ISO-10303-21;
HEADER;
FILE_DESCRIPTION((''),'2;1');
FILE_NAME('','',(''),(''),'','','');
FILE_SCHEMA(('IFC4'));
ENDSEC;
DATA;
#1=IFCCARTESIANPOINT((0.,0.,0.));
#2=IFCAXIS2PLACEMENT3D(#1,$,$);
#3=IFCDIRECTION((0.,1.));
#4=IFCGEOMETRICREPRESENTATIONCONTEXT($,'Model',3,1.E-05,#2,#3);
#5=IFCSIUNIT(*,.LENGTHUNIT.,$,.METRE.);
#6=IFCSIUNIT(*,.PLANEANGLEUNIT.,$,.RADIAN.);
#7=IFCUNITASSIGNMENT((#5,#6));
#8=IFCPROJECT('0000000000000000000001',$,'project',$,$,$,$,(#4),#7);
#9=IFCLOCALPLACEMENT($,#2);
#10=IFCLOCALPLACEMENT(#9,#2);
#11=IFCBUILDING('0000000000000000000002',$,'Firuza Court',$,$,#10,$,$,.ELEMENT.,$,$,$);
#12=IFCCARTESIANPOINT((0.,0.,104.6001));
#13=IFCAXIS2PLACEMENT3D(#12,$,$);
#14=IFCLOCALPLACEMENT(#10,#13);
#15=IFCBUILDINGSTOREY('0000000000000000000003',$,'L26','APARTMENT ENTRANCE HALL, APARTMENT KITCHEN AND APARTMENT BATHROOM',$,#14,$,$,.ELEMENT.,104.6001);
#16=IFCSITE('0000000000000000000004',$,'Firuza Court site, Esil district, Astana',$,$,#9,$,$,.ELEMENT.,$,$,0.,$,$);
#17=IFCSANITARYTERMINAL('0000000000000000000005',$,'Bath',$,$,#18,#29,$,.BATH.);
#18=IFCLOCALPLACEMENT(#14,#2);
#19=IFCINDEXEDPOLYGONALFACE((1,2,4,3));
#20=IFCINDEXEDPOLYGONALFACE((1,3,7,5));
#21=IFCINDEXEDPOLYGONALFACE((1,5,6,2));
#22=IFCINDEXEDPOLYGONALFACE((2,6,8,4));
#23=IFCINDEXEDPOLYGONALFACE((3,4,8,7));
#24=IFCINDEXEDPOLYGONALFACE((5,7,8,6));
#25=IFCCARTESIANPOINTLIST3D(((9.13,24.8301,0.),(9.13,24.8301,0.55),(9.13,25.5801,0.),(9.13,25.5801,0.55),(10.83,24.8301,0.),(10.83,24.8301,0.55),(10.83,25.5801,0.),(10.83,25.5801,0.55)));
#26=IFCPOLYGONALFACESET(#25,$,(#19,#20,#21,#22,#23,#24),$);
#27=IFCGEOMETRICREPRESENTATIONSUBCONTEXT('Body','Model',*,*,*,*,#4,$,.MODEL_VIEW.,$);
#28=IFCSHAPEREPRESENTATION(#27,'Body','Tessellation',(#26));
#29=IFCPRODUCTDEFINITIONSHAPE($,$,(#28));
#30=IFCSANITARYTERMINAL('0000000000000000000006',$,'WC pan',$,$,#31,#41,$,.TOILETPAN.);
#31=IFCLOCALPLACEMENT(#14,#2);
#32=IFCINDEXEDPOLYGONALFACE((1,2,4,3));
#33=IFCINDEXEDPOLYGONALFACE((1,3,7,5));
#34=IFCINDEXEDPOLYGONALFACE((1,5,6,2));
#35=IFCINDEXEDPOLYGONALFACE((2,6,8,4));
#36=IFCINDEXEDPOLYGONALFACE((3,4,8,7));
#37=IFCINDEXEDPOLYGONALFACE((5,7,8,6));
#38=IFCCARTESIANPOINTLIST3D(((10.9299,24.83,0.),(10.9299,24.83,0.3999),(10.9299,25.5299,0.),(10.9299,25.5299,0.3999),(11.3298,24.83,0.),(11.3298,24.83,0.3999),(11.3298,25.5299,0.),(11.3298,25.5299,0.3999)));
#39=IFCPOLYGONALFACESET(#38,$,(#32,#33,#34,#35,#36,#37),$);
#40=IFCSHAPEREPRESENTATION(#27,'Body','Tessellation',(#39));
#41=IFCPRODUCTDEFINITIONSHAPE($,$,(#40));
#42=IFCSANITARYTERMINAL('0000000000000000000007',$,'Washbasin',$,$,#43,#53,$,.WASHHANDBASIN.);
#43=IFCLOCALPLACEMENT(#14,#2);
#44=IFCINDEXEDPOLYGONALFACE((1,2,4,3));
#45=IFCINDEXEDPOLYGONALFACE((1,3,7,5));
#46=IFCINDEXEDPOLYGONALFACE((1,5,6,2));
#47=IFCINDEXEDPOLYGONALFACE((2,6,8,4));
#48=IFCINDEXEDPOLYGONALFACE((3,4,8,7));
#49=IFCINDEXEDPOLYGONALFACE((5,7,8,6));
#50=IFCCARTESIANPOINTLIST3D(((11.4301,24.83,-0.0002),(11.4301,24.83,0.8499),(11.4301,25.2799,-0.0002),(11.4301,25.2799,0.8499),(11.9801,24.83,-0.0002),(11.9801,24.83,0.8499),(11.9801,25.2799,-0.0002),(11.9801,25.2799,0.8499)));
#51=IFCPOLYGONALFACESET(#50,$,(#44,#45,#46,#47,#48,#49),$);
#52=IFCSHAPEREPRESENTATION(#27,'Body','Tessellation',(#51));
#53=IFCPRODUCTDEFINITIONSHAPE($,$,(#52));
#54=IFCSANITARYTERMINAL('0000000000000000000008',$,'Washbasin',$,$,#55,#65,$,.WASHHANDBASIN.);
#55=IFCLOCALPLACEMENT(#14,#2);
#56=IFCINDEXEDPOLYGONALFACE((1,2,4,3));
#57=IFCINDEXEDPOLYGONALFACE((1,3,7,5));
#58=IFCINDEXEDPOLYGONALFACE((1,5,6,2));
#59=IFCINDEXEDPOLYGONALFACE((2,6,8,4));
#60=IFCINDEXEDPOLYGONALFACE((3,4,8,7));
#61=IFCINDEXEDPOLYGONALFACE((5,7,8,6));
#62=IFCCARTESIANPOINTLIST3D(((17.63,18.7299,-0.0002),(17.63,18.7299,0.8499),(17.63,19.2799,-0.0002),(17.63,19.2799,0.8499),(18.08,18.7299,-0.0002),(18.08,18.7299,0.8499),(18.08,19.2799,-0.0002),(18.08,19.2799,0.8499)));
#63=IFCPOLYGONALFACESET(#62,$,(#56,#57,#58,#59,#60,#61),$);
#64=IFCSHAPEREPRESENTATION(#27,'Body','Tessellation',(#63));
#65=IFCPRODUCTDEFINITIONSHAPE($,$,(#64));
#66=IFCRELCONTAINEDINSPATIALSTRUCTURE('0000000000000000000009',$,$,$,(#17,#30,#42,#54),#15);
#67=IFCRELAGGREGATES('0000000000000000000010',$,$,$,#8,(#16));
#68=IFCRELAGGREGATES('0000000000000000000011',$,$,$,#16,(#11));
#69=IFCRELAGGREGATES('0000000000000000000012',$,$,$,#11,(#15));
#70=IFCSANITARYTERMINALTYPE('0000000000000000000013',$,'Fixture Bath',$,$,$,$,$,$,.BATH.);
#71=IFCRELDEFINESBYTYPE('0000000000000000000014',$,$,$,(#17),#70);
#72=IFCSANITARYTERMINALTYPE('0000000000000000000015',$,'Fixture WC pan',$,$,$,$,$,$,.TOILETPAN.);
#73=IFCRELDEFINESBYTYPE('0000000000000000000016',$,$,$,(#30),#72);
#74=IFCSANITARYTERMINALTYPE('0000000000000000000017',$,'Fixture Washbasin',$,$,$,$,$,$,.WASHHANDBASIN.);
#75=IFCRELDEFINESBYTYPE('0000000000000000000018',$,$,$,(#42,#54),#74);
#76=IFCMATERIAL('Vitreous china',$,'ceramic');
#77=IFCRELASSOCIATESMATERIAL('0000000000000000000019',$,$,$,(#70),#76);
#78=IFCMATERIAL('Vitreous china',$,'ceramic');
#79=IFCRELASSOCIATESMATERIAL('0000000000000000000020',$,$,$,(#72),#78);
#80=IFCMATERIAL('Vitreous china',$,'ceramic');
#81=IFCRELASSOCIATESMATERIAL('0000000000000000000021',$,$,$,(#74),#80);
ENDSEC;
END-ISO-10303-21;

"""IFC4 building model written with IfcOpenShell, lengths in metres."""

from ifc_helpers import new_model, si_unit, direction, frame, origin, origin_2d, place, context, subcontext, project, spatial, rectangle, extrude, material, type_object, element, save


model = new_model("IFC4")

# Units and contexts
model_context = context("Model", 3, precision=1e-05, world=origin(), true_north=direction((0.0, 1.0)))
body_context = subcontext(model_context, "Body", "Model", "MODEL_VIEW")
ifc_project = project(units=[si_unit("LENGTHUNIT", "METRE"), si_unit("PLANEANGLEUNIT", "RADIAN")], contexts=[model_context])

# Site, building, storey
site_placement = place(None, origin())
site = spatial("IfcSite", under=ifc_project, at=site_placement, Name="Firuza Court site, Esil district, Astana", CompositionType="ELEMENT", RefElevation=0.0)
building_placement = place(site_placement, origin())
building = spatial("IfcBuilding", under=site, at=building_placement, Name="Firuza Court", CompositionType="ELEMENT")
storey_placement = place(building_placement, frame((0.0, 0.0, 104.6001)))
storey = spatial("IfcBuildingStorey", under=building, at=storey_placement, Name="L26", Description="APARTMENT ENTRANCE HALL, APARTMENT KITCHEN AND APARTMENT BATHROOM", CompositionType="ELEMENT", Elevation=104.6001)

# Sanitary terminals
ifc_material_1 = material(Name="Vitreous china", Category="ceramic")
sanitary_terminal_type_1 = type_object("IfcSanitaryTerminalType", Name="Fixture Bath", PredefinedType="BATH", material=ifc_material_1)
sanitary_terminal_1_placement = place(storey_placement, frame((9.98, 25.2051, 0.0), z_axis=(0.0, 0.0, 1.0), x_axis=(1.0, 0.0, 0.0)))
element("IfcSanitaryTerminal", 1, at=sanitary_terminal_1_placement, inside=storey, type_object=sanitary_terminal_type_1, Name="Bath", PredefinedType="BATH", context=body_context, shape_type="SweptSolid", body=[
    extrude(rectangle(XDim=1.7, YDim=0.75, at=origin_2d()), origin(), (0.0, 0.0, 1.0), 0.55),
])
ifc_material_2 = material(Name="Vitreous china", Category="ceramic")
sanitary_terminal_type_2 = type_object("IfcSanitaryTerminalType", Name="Fixture WC pan", PredefinedType="TOILETPAN", material=ifc_material_2)
sanitary_terminal_2_placement = place(storey_placement, frame((11.1299, 25.1799, 0.0), z_axis=(0.0, 0.0, 1.0), x_axis=(1.0, 0.0, 0.0)))
element("IfcSanitaryTerminal", 2, at=sanitary_terminal_2_placement, inside=storey, type_object=sanitary_terminal_type_2, Name="WC pan", PredefinedType="TOILETPAN", context=body_context, shape_type="SweptSolid", body=[
    extrude(rectangle(XDim=0.3999, YDim=0.7, at=origin_2d()), origin(), (0.0, 0.0, 1.0), 0.3999),
])
ifc_material_3 = material(Name="Vitreous china", Category="ceramic")
sanitary_terminal_type_3 = type_object("IfcSanitaryTerminalType", Name="Fixture Washbasin", PredefinedType="WASHHANDBASIN", material=ifc_material_3)
sanitary_terminal_3_placement = place(storey_placement, frame((11.7051, 25.0549, -0.0002), z_axis=(0.0, 0.0, 1.0), x_axis=(1.0, 0.0, 0.0)))
element("IfcSanitaryTerminal", 3, at=sanitary_terminal_3_placement, inside=storey, type_object=sanitary_terminal_type_3, Name="Washbasin", PredefinedType="WASHHANDBASIN", context=body_context, shape_type="SweptSolid", body=[
    extrude(rectangle(XDim=0.55, YDim=0.45, at=origin_2d()), origin(), (0.0, 0.0, 1.0), 0.8501),
])
sanitary_terminal_4_placement = place(storey_placement, frame((17.855, 19.0049, -0.0002), z_axis=(0.0, 0.0, 1.0), x_axis=(1.0, 0.0, 0.0)))
element("IfcSanitaryTerminal", 4, at=sanitary_terminal_4_placement, inside=storey, type_object=sanitary_terminal_type_3, Name="Washbasin", PredefinedType="WASHHANDBASIN", context=body_context, shape_type="SweptSolid", body=[
    extrude(rectangle(XDim=0.45, YDim=0.55, at=origin_2d()), origin(), (0.0, 0.0, 1.0), 0.8501),
])

save(model, "model.ifc")
